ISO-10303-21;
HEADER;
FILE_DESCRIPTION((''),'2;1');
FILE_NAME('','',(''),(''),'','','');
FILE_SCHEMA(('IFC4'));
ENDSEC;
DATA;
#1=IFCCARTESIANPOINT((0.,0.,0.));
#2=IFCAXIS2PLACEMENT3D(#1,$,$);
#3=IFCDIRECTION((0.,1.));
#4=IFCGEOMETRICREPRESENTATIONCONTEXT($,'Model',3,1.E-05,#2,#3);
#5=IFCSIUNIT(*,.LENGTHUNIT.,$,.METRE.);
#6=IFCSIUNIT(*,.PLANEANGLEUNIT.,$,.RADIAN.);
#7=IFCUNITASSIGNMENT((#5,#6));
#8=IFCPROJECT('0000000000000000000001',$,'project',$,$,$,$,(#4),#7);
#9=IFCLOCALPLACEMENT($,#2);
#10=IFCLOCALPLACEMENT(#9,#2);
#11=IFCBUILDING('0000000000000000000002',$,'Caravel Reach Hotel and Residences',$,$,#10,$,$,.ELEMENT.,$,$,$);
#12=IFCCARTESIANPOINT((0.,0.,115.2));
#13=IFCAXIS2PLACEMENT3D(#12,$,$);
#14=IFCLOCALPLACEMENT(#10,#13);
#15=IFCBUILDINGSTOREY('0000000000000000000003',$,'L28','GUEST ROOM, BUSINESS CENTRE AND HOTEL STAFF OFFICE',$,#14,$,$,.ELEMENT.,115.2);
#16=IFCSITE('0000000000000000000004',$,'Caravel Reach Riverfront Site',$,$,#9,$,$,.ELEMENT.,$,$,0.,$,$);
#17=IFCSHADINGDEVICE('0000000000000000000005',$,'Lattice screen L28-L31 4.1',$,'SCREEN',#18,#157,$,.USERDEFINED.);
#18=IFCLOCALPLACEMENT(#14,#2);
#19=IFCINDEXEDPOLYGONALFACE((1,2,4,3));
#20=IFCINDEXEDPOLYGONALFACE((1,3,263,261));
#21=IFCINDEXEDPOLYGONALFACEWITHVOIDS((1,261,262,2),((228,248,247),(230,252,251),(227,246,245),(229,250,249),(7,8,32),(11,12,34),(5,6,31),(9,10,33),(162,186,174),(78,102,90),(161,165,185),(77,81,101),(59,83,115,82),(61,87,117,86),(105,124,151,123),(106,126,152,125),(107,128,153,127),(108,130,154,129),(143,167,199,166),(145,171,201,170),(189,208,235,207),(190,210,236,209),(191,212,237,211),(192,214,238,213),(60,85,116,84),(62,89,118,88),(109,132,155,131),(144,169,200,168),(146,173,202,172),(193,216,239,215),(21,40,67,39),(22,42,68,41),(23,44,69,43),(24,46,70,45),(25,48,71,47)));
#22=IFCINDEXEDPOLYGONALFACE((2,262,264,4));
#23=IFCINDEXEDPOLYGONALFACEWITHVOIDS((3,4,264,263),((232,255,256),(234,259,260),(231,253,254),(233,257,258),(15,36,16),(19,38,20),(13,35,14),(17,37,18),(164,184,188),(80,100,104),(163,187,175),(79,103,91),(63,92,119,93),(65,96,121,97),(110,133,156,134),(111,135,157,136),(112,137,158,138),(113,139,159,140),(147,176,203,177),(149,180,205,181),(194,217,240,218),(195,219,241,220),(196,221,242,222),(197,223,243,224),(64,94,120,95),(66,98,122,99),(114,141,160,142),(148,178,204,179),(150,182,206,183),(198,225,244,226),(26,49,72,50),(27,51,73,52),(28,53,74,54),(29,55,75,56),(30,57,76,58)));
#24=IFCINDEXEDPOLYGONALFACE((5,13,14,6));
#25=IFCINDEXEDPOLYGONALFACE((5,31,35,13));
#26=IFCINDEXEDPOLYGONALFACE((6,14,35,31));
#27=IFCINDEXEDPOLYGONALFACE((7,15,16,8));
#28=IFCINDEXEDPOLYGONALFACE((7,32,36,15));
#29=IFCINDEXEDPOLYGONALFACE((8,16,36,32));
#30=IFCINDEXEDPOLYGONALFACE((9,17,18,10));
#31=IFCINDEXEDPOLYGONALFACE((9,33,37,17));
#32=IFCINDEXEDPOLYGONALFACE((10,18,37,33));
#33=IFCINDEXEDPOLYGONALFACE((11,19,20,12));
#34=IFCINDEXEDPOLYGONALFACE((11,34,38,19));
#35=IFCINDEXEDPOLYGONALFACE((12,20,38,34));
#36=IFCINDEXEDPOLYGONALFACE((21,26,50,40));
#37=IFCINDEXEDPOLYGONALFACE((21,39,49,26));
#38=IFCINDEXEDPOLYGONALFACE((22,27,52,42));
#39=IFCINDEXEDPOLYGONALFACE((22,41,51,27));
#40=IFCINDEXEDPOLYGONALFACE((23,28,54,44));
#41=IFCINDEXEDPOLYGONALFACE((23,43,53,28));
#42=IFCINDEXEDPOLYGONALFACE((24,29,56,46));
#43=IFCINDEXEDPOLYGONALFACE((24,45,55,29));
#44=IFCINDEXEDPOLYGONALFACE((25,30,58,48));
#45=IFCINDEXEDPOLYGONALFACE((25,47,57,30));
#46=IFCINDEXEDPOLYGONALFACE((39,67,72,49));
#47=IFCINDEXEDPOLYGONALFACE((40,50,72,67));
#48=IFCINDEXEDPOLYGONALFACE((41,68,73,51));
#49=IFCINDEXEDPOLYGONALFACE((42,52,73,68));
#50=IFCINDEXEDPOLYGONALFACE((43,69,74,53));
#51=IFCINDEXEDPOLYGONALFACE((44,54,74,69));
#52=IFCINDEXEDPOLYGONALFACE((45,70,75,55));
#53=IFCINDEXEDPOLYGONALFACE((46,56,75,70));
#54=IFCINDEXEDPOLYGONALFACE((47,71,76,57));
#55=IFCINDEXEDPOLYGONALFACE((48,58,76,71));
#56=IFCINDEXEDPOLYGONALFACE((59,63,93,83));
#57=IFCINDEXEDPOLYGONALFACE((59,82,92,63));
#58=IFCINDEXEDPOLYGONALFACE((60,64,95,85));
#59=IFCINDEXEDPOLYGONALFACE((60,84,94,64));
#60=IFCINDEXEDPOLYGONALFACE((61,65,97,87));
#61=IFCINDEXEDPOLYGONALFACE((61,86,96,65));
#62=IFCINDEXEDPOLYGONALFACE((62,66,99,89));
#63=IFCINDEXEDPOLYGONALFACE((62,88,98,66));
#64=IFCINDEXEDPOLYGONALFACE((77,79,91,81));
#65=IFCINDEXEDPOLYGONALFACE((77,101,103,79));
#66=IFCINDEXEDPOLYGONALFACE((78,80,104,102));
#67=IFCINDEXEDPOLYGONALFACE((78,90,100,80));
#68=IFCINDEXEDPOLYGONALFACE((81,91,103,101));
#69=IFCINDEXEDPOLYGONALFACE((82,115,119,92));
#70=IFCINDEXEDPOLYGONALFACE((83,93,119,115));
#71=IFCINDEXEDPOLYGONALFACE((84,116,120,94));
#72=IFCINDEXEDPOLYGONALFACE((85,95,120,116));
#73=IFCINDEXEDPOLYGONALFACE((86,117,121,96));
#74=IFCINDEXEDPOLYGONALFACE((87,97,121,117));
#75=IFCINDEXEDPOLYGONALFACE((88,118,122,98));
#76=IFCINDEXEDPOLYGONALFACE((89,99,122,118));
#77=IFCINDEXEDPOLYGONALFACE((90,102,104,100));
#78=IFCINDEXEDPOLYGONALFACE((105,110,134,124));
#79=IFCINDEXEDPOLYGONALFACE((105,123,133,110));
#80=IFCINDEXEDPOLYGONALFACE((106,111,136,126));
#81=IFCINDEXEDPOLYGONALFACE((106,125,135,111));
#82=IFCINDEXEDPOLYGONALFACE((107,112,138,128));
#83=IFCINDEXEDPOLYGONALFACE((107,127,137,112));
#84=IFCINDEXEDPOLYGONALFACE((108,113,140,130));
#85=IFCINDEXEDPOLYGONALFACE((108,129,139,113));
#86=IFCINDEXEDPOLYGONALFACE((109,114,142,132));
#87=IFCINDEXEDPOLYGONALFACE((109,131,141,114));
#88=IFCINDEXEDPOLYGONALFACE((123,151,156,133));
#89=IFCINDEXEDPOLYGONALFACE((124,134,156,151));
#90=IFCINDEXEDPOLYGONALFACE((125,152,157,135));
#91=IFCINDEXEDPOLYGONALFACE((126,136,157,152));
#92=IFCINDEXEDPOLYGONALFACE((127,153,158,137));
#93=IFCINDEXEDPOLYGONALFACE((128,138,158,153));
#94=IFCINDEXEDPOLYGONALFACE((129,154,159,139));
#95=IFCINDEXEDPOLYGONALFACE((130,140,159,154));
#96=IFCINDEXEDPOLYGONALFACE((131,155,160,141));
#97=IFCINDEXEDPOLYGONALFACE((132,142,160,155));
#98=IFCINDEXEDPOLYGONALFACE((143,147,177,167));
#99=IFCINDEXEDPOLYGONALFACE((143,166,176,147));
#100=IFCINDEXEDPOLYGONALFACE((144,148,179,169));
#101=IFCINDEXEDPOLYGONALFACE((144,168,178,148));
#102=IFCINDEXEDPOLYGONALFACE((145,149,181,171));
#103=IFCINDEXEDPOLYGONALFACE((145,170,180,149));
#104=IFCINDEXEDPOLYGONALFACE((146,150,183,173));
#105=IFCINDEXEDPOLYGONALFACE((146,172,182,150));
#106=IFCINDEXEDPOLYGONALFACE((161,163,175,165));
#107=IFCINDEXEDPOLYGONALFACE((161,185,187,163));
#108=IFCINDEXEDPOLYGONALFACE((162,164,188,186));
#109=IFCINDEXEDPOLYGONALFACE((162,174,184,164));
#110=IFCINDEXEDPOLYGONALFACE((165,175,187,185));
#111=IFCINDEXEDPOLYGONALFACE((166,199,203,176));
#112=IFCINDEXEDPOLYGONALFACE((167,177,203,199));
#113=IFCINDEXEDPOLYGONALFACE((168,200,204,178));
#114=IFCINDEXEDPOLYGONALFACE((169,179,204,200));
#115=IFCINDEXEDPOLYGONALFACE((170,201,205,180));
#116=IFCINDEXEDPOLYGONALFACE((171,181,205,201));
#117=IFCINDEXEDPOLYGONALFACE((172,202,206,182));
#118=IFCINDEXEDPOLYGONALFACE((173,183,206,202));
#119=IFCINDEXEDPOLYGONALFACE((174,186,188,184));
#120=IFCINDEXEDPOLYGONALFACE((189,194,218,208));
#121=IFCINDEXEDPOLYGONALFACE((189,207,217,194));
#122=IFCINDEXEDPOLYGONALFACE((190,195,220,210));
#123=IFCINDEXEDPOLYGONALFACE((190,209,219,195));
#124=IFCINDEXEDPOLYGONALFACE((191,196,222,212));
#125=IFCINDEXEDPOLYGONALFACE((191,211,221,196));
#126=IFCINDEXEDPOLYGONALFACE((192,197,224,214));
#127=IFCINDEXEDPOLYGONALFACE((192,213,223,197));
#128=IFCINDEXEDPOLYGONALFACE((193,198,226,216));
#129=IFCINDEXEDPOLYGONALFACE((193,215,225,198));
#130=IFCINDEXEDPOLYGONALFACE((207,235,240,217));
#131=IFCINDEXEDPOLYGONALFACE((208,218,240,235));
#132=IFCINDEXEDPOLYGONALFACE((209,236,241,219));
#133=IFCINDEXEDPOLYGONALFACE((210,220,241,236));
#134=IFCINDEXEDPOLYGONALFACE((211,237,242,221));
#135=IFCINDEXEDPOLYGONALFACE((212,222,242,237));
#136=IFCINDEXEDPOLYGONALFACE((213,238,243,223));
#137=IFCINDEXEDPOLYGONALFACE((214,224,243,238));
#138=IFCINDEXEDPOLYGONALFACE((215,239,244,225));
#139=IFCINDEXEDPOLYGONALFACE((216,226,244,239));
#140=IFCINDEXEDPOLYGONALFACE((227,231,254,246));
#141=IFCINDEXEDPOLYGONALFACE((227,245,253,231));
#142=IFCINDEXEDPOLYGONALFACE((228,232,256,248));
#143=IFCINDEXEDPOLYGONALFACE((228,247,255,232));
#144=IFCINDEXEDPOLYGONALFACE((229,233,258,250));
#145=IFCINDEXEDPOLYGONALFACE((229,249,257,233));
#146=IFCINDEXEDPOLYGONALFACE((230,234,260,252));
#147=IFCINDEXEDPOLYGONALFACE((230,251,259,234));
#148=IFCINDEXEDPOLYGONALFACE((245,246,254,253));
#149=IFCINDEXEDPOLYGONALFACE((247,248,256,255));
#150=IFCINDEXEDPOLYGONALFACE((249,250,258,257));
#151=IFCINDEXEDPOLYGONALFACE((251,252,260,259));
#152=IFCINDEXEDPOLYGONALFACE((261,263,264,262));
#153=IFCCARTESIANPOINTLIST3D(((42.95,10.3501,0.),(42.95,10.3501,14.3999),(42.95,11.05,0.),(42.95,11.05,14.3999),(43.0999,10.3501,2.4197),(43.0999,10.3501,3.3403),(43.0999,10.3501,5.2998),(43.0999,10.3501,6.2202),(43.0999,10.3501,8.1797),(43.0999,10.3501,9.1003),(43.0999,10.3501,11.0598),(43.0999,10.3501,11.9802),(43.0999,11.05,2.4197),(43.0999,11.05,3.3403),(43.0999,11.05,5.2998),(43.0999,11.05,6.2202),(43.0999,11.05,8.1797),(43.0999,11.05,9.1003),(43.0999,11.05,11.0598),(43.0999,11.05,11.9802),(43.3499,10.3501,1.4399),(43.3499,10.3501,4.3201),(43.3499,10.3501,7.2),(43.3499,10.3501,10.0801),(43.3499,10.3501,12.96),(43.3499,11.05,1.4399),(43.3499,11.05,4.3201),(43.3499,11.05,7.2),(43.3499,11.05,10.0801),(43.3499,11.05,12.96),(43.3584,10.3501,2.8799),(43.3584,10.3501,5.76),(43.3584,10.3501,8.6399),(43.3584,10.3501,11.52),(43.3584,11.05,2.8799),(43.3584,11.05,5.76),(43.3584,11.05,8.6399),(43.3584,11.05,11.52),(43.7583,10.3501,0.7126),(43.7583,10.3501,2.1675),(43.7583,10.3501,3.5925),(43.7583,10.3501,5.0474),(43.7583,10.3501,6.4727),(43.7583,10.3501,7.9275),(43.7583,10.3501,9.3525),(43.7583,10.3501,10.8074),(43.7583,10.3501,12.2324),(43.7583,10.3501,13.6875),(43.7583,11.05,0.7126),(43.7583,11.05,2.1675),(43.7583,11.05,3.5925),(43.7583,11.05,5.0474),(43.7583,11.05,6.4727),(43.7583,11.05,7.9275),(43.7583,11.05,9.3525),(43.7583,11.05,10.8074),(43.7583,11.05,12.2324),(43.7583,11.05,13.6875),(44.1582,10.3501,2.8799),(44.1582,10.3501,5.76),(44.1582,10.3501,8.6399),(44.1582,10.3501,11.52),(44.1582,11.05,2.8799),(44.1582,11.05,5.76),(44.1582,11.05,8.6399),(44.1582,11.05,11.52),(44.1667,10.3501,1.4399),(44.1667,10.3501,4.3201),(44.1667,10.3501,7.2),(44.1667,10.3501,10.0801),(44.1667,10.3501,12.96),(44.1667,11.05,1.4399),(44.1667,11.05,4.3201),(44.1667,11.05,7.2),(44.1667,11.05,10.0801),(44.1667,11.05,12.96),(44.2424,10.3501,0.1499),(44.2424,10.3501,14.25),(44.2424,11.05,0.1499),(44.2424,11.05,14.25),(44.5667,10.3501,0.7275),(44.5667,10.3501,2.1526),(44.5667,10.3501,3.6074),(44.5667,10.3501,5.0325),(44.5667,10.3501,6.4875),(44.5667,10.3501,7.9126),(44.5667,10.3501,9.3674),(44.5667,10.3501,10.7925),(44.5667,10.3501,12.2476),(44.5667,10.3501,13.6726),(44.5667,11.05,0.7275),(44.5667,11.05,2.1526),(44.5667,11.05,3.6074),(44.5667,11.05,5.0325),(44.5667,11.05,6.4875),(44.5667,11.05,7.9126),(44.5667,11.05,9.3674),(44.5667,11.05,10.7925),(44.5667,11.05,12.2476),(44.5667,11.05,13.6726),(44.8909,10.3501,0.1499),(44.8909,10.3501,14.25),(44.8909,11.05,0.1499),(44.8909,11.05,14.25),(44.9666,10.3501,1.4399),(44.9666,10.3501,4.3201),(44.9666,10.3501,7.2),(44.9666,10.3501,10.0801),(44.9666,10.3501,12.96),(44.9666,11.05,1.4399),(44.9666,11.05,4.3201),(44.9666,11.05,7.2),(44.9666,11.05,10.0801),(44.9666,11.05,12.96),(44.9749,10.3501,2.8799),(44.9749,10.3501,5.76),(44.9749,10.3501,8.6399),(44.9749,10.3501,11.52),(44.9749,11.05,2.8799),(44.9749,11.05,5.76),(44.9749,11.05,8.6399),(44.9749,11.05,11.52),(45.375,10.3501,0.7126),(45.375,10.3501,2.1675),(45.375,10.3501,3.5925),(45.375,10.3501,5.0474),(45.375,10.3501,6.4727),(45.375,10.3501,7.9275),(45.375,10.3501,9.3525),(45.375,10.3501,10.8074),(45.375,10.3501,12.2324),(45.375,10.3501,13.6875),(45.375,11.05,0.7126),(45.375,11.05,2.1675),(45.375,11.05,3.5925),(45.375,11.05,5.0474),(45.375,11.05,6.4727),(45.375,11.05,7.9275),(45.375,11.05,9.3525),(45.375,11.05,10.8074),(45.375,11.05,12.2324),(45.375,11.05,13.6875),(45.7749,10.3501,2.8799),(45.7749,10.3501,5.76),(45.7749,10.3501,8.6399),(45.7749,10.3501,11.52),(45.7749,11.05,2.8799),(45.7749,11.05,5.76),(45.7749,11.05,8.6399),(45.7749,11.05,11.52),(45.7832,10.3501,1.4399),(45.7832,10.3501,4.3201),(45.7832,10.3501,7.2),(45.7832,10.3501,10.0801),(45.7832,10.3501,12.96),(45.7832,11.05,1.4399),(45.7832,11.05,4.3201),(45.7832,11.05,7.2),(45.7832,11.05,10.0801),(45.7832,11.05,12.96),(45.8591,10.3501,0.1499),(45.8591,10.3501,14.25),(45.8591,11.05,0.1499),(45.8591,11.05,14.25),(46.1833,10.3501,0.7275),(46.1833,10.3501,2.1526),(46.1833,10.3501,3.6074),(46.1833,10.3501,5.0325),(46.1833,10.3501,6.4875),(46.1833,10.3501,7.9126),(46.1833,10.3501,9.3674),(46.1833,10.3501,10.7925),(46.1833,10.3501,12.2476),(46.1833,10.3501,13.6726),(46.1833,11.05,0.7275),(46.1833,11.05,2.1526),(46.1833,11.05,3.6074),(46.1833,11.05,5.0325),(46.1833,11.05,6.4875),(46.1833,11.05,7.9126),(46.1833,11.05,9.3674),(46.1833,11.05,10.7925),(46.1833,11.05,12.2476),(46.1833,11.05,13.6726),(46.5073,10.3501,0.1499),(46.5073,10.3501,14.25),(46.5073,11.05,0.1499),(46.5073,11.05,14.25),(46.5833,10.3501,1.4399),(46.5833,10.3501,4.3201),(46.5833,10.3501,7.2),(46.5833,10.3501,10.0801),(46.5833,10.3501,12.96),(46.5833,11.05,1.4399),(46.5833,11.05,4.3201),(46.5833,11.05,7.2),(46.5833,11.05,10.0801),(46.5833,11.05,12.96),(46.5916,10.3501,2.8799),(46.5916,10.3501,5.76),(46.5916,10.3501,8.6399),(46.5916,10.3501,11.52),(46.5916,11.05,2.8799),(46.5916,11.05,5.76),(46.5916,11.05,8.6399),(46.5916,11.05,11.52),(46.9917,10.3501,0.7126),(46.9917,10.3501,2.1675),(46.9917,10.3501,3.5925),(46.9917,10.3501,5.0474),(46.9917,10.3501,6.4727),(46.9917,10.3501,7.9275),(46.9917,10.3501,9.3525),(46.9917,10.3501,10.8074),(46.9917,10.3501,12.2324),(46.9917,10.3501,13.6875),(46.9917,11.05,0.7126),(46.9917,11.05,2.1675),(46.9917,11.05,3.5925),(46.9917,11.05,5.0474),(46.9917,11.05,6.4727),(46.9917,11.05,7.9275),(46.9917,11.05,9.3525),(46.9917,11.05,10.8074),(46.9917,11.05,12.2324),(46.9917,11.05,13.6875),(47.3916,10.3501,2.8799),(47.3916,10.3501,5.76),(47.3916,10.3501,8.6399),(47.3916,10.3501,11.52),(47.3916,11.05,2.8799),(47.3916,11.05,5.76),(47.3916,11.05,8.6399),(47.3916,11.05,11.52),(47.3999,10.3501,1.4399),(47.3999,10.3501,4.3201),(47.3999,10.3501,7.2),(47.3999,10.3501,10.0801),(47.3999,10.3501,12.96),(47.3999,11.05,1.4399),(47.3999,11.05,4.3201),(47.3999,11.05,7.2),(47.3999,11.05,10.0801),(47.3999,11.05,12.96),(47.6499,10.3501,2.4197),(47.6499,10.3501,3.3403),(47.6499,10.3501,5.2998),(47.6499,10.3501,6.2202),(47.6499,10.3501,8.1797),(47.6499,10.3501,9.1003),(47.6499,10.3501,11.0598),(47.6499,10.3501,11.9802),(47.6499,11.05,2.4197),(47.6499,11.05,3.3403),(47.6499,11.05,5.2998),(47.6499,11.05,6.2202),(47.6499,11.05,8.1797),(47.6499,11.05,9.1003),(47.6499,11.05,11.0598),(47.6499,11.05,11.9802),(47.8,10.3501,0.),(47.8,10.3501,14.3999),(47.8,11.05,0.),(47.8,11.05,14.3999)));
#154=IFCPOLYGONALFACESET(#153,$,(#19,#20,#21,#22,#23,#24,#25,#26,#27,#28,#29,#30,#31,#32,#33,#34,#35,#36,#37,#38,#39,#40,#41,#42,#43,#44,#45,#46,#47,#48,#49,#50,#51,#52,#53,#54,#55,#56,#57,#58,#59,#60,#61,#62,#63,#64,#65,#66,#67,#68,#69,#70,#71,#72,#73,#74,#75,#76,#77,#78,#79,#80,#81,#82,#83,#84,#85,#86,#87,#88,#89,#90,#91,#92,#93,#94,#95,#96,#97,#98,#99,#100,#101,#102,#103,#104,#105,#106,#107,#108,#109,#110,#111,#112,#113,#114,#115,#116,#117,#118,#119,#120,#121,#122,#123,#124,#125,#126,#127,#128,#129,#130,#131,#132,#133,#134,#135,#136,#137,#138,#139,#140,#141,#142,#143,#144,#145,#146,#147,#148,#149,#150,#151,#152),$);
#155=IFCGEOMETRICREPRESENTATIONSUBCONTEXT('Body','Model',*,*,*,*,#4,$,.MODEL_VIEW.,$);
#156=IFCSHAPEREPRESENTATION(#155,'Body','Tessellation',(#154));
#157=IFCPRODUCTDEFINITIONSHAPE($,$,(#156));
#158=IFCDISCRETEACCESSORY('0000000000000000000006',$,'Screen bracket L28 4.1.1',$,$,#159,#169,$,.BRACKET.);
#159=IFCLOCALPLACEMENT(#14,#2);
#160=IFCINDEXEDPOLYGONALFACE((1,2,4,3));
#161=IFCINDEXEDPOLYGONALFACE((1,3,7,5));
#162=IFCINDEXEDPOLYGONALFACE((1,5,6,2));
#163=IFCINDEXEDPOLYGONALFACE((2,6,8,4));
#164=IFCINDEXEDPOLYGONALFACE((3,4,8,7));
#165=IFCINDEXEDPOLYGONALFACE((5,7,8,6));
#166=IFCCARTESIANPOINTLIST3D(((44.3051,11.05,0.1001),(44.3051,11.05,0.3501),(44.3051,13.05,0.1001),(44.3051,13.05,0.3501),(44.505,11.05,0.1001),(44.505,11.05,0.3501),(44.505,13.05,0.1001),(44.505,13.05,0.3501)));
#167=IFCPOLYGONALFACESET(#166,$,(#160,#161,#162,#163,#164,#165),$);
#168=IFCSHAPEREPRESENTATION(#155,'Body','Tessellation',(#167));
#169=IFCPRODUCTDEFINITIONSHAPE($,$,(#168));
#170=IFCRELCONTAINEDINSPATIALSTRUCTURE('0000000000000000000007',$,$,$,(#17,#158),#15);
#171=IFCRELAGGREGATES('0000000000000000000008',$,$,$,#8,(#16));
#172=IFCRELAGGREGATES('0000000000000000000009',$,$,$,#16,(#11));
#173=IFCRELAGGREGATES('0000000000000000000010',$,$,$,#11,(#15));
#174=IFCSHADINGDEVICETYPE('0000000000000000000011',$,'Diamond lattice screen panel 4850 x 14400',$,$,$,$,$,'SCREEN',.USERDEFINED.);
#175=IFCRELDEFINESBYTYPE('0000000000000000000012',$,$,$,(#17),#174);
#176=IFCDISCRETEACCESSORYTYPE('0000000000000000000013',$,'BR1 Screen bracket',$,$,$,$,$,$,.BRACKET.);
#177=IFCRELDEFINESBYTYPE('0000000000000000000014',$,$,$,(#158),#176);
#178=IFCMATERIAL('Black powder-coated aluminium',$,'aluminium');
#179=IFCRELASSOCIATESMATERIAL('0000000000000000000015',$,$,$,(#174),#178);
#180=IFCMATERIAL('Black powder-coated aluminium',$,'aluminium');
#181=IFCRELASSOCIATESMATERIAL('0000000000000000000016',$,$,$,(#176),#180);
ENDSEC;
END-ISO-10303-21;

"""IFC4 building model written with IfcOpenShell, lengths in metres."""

from ifc_helpers import new_model, si_unit, direction, frame, origin, origin_2d, place, context, subcontext, project, spatial, polyline, rectangle, outline, extrude, material, type_object, element, save


model = new_model("IFC4")

# Units and contexts
model_context = context("Model", 3, precision=1e-05, world=origin(), true_north=direction((0.0, 1.0)))
body_context = subcontext(model_context, "Body", "Model", "MODEL_VIEW")
ifc_project = project(units=[si_unit("LENGTHUNIT", "METRE"), si_unit("PLANEANGLEUNIT", "RADIAN")], contexts=[model_context])

# Site, building, storey
site_placement = place(None, origin())
site = spatial("IfcSite", under=ifc_project, at=site_placement, Name="Caravel Reach Riverfront Site", CompositionType="ELEMENT", RefElevation=0.0)
building_placement = place(site_placement, origin())
building = spatial("IfcBuilding", under=site, at=building_placement, Name="Caravel Reach Hotel and Residences", CompositionType="ELEMENT")
storey_placement = place(building_placement, frame((0.0, 0.0, 115.2)))
storey = spatial("IfcBuildingStorey", under=building, at=storey_placement, Name="L28", Description="GUEST ROOM, BUSINESS CENTRE AND HOTEL STAFF OFFICE", CompositionType="ELEMENT", Elevation=115.2)

# Shading device
ifc_material_1 = material(Name="Black powder-coated aluminium", Category="aluminium")
shading_device_type = type_object("IfcShadingDeviceType", Name="Diamond lattice screen panel 4850 x 14400", ElementType="SCREEN", PredefinedType="USERDEFINED", material=ifc_material_1)
shading_device_placement = place(storey_placement, frame((42.95, 11.05, 0.0), z_axis=(0.0, -1.0, 0.0), x_axis=(1.0, 0.0, 0.0)))
element("IfcShadingDevice", 1, at=shading_device_placement, inside=storey, type_object=shading_device_type, Name="Lattice screen L28-L31 4.1", ObjectType="SCREEN", PredefinedType="USERDEFINED", context=body_context, shape_type="SweptSolid", body=[
    extrude(outline(polyline([(0.0, 0.0), (4.8501, 0.0), (4.8501, 14.3999), (0.0, 14.3999), (0.0, 0.0)]), holes=[polyline([(0.4084, 2.8799), (0.1499, 3.3403), (0.1499, 2.4197), (0.4084, 2.8799)]), polyline([(0.4084, 5.76), (0.1499, 6.2202), (0.1499, 5.2998), (0.4084, 5.76)]), polyline([(0.4084, 8.6399), (0.1499, 9.1003), (0.1499, 8.1797), (0.4084, 8.6399)]), polyline([(0.4084, 11.52), (0.1499, 11.9802), (0.1499, 11.0598), (0.4084, 11.52)]), polyline([(0.8083, 2.1675), (0.3999, 1.4399), (0.8083, 0.7126), (1.2168, 1.4399), (0.8083, 2.1675)]), polyline([(0.8083, 5.0474), (0.3999, 4.3201), (0.8083, 3.5925), (1.2168, 4.3201), (0.8083, 5.0474)]), polyline([(0.8083, 7.9275), (0.3999, 7.2), (0.8083, 6.4727), (1.2168, 7.2), (0.8083, 7.9275)]), polyline([(0.8083, 10.8074), (0.3999, 10.0801), (0.8083, 9.3525), (1.2168, 10.0801), (0.8083, 10.8074)]), polyline([(0.8083, 13.6875), (0.3999, 12.96), (0.8083, 12.2324), (1.2168, 12.96), (0.8083, 13.6875)]), polyline([(1.6167, 0.7275), (1.2925, 0.1499), (1.9409, 0.1499), (1.6167, 0.7275)]), polyline([(1.6167, 3.6074), (1.2083, 2.8799), (1.6167, 2.1526), (2.0249, 2.8799), (1.6167, 3.6074)]), polyline([(1.6167, 6.4875), (1.2083, 5.76), (1.6167, 5.0325), (2.0249, 5.76), (1.6167, 6.4875)]), polyline([(1.6167, 9.3674), (1.2083, 8.6399), (1.6167, 7.9126), (2.0249, 8.6399), (1.6167, 9.3674)]), polyline([(1.6167, 12.2476), (1.2083, 11.52), (1.6167, 10.7925), (2.0249, 11.52), (1.6167, 12.2476)]), polyline([(1.6167, 13.6726), (1.9409, 14.25), (1.2925, 14.25), (1.6167, 13.6726)]), polyline([(2.425, 2.1675), (2.0166, 1.4399), (2.425, 0.7126), (2.8333, 1.4399), (2.425, 2.1675)]), polyline([(2.425, 5.0474), (2.0166, 4.3201), (2.425, 3.5925), (2.8333, 4.3201), (2.425, 5.0474)]), polyline([(2.425, 7.9275), (2.0166, 7.2), (2.425, 6.4727), (2.8333, 7.2), (2.425, 7.9275)]), polyline([(2.425, 10.8074), (2.0166, 10.0801), (2.425, 9.3525), (2.8333, 10.0801), (2.425, 10.8074)]), polyline([(2.425, 13.6875), (2.0166, 12.96), (2.425, 12.2324), (2.8333, 12.96), (2.425, 13.6875)]), polyline([(3.2334, 0.7275), (2.9092, 0.1499), (3.5574, 0.1499), (3.2334, 0.7275)]), polyline([(3.2334, 3.6074), (2.825, 2.8799), (3.2334, 2.1526), (3.6416, 2.8799), (3.2334, 3.6074)]), polyline([(3.2334, 6.4875), (2.825, 5.76), (3.2334, 5.0325), (3.6416, 5.76), (3.2334, 6.4875)]), polyline([(3.2334, 9.3674), (2.825, 8.6399), (3.2334, 7.9126), (3.6416, 8.6399), (3.2334, 9.3674)]), polyline([(3.2334, 12.2476), (2.825, 11.52), (3.2334, 10.7925), (3.6416, 11.52), (3.2334, 12.2476)]), polyline([(3.2334, 13.6726), (3.5574, 14.25), (2.9092, 14.25), (3.2334, 13.6726)]), polyline([(4.0417, 2.1675), (3.6333, 1.4399), (4.0417, 0.7126), (4.45, 1.4399), (4.0417, 2.1675)]), polyline([(4.0417, 5.0474), (3.6333, 4.3201), (4.0417, 3.5925), (4.45, 4.3201), (4.0417, 5.0474)]), polyline([(4.0417, 7.9275), (3.6333, 7.2), (4.0417, 6.4727), (4.45, 7.2), (4.0417, 7.9275)]), polyline([(4.0417, 10.8074), (3.6333, 10.0801), (4.0417, 9.3525), (4.45, 10.0801), (4.0417, 10.8074)]), polyline([(4.0417, 13.6875), (3.6333, 12.96), (4.0417, 12.2324), (4.45, 12.96), (4.0417, 13.6875)]), polyline([(4.4417, 2.8799), (4.7, 2.4197), (4.7, 3.3403), (4.4417, 2.8799)]), polyline([(4.4417, 5.76), (4.7, 5.2998), (4.7, 6.2202), (4.4417, 5.76)]), polyline([(4.4417, 8.6399), (4.7, 8.1797), (4.7, 9.1003), (4.4417, 8.6399)]), polyline([(4.4417, 11.52), (4.7, 11.0598), (4.7, 11.9802), (4.4417, 11.52)])]), origin(), (0.0, 0.0, 1.0), 0.7),
])

# Discrete accessory
ifc_material_2 = material(Name="Black powder-coated aluminium", Category="aluminium")
discrete_accessory_type = type_object("IfcDiscreteAccessoryType", Name="BR1 Screen bracket", PredefinedType="BRACKET", material=ifc_material_2)
discrete_accessory_placement = place(storey_placement, frame((44.405, 12.05, 0.1001), z_axis=(0.0, 0.0, 1.0), x_axis=(0.0, -1.0, 0.0)))
element("IfcDiscreteAccessory", 2, at=discrete_accessory_placement, inside=storey, type_object=discrete_accessory_type, Name="Screen bracket L28 4.1.1", PredefinedType="BRACKET", context=body_context, shape_type="SweptSolid", body=[
    extrude(rectangle(XDim=2.0, YDim=0.2, at=origin_2d()), origin(), (0.0, 0.0, 1.0), 0.25),
])

save(model, "model.ifc")
